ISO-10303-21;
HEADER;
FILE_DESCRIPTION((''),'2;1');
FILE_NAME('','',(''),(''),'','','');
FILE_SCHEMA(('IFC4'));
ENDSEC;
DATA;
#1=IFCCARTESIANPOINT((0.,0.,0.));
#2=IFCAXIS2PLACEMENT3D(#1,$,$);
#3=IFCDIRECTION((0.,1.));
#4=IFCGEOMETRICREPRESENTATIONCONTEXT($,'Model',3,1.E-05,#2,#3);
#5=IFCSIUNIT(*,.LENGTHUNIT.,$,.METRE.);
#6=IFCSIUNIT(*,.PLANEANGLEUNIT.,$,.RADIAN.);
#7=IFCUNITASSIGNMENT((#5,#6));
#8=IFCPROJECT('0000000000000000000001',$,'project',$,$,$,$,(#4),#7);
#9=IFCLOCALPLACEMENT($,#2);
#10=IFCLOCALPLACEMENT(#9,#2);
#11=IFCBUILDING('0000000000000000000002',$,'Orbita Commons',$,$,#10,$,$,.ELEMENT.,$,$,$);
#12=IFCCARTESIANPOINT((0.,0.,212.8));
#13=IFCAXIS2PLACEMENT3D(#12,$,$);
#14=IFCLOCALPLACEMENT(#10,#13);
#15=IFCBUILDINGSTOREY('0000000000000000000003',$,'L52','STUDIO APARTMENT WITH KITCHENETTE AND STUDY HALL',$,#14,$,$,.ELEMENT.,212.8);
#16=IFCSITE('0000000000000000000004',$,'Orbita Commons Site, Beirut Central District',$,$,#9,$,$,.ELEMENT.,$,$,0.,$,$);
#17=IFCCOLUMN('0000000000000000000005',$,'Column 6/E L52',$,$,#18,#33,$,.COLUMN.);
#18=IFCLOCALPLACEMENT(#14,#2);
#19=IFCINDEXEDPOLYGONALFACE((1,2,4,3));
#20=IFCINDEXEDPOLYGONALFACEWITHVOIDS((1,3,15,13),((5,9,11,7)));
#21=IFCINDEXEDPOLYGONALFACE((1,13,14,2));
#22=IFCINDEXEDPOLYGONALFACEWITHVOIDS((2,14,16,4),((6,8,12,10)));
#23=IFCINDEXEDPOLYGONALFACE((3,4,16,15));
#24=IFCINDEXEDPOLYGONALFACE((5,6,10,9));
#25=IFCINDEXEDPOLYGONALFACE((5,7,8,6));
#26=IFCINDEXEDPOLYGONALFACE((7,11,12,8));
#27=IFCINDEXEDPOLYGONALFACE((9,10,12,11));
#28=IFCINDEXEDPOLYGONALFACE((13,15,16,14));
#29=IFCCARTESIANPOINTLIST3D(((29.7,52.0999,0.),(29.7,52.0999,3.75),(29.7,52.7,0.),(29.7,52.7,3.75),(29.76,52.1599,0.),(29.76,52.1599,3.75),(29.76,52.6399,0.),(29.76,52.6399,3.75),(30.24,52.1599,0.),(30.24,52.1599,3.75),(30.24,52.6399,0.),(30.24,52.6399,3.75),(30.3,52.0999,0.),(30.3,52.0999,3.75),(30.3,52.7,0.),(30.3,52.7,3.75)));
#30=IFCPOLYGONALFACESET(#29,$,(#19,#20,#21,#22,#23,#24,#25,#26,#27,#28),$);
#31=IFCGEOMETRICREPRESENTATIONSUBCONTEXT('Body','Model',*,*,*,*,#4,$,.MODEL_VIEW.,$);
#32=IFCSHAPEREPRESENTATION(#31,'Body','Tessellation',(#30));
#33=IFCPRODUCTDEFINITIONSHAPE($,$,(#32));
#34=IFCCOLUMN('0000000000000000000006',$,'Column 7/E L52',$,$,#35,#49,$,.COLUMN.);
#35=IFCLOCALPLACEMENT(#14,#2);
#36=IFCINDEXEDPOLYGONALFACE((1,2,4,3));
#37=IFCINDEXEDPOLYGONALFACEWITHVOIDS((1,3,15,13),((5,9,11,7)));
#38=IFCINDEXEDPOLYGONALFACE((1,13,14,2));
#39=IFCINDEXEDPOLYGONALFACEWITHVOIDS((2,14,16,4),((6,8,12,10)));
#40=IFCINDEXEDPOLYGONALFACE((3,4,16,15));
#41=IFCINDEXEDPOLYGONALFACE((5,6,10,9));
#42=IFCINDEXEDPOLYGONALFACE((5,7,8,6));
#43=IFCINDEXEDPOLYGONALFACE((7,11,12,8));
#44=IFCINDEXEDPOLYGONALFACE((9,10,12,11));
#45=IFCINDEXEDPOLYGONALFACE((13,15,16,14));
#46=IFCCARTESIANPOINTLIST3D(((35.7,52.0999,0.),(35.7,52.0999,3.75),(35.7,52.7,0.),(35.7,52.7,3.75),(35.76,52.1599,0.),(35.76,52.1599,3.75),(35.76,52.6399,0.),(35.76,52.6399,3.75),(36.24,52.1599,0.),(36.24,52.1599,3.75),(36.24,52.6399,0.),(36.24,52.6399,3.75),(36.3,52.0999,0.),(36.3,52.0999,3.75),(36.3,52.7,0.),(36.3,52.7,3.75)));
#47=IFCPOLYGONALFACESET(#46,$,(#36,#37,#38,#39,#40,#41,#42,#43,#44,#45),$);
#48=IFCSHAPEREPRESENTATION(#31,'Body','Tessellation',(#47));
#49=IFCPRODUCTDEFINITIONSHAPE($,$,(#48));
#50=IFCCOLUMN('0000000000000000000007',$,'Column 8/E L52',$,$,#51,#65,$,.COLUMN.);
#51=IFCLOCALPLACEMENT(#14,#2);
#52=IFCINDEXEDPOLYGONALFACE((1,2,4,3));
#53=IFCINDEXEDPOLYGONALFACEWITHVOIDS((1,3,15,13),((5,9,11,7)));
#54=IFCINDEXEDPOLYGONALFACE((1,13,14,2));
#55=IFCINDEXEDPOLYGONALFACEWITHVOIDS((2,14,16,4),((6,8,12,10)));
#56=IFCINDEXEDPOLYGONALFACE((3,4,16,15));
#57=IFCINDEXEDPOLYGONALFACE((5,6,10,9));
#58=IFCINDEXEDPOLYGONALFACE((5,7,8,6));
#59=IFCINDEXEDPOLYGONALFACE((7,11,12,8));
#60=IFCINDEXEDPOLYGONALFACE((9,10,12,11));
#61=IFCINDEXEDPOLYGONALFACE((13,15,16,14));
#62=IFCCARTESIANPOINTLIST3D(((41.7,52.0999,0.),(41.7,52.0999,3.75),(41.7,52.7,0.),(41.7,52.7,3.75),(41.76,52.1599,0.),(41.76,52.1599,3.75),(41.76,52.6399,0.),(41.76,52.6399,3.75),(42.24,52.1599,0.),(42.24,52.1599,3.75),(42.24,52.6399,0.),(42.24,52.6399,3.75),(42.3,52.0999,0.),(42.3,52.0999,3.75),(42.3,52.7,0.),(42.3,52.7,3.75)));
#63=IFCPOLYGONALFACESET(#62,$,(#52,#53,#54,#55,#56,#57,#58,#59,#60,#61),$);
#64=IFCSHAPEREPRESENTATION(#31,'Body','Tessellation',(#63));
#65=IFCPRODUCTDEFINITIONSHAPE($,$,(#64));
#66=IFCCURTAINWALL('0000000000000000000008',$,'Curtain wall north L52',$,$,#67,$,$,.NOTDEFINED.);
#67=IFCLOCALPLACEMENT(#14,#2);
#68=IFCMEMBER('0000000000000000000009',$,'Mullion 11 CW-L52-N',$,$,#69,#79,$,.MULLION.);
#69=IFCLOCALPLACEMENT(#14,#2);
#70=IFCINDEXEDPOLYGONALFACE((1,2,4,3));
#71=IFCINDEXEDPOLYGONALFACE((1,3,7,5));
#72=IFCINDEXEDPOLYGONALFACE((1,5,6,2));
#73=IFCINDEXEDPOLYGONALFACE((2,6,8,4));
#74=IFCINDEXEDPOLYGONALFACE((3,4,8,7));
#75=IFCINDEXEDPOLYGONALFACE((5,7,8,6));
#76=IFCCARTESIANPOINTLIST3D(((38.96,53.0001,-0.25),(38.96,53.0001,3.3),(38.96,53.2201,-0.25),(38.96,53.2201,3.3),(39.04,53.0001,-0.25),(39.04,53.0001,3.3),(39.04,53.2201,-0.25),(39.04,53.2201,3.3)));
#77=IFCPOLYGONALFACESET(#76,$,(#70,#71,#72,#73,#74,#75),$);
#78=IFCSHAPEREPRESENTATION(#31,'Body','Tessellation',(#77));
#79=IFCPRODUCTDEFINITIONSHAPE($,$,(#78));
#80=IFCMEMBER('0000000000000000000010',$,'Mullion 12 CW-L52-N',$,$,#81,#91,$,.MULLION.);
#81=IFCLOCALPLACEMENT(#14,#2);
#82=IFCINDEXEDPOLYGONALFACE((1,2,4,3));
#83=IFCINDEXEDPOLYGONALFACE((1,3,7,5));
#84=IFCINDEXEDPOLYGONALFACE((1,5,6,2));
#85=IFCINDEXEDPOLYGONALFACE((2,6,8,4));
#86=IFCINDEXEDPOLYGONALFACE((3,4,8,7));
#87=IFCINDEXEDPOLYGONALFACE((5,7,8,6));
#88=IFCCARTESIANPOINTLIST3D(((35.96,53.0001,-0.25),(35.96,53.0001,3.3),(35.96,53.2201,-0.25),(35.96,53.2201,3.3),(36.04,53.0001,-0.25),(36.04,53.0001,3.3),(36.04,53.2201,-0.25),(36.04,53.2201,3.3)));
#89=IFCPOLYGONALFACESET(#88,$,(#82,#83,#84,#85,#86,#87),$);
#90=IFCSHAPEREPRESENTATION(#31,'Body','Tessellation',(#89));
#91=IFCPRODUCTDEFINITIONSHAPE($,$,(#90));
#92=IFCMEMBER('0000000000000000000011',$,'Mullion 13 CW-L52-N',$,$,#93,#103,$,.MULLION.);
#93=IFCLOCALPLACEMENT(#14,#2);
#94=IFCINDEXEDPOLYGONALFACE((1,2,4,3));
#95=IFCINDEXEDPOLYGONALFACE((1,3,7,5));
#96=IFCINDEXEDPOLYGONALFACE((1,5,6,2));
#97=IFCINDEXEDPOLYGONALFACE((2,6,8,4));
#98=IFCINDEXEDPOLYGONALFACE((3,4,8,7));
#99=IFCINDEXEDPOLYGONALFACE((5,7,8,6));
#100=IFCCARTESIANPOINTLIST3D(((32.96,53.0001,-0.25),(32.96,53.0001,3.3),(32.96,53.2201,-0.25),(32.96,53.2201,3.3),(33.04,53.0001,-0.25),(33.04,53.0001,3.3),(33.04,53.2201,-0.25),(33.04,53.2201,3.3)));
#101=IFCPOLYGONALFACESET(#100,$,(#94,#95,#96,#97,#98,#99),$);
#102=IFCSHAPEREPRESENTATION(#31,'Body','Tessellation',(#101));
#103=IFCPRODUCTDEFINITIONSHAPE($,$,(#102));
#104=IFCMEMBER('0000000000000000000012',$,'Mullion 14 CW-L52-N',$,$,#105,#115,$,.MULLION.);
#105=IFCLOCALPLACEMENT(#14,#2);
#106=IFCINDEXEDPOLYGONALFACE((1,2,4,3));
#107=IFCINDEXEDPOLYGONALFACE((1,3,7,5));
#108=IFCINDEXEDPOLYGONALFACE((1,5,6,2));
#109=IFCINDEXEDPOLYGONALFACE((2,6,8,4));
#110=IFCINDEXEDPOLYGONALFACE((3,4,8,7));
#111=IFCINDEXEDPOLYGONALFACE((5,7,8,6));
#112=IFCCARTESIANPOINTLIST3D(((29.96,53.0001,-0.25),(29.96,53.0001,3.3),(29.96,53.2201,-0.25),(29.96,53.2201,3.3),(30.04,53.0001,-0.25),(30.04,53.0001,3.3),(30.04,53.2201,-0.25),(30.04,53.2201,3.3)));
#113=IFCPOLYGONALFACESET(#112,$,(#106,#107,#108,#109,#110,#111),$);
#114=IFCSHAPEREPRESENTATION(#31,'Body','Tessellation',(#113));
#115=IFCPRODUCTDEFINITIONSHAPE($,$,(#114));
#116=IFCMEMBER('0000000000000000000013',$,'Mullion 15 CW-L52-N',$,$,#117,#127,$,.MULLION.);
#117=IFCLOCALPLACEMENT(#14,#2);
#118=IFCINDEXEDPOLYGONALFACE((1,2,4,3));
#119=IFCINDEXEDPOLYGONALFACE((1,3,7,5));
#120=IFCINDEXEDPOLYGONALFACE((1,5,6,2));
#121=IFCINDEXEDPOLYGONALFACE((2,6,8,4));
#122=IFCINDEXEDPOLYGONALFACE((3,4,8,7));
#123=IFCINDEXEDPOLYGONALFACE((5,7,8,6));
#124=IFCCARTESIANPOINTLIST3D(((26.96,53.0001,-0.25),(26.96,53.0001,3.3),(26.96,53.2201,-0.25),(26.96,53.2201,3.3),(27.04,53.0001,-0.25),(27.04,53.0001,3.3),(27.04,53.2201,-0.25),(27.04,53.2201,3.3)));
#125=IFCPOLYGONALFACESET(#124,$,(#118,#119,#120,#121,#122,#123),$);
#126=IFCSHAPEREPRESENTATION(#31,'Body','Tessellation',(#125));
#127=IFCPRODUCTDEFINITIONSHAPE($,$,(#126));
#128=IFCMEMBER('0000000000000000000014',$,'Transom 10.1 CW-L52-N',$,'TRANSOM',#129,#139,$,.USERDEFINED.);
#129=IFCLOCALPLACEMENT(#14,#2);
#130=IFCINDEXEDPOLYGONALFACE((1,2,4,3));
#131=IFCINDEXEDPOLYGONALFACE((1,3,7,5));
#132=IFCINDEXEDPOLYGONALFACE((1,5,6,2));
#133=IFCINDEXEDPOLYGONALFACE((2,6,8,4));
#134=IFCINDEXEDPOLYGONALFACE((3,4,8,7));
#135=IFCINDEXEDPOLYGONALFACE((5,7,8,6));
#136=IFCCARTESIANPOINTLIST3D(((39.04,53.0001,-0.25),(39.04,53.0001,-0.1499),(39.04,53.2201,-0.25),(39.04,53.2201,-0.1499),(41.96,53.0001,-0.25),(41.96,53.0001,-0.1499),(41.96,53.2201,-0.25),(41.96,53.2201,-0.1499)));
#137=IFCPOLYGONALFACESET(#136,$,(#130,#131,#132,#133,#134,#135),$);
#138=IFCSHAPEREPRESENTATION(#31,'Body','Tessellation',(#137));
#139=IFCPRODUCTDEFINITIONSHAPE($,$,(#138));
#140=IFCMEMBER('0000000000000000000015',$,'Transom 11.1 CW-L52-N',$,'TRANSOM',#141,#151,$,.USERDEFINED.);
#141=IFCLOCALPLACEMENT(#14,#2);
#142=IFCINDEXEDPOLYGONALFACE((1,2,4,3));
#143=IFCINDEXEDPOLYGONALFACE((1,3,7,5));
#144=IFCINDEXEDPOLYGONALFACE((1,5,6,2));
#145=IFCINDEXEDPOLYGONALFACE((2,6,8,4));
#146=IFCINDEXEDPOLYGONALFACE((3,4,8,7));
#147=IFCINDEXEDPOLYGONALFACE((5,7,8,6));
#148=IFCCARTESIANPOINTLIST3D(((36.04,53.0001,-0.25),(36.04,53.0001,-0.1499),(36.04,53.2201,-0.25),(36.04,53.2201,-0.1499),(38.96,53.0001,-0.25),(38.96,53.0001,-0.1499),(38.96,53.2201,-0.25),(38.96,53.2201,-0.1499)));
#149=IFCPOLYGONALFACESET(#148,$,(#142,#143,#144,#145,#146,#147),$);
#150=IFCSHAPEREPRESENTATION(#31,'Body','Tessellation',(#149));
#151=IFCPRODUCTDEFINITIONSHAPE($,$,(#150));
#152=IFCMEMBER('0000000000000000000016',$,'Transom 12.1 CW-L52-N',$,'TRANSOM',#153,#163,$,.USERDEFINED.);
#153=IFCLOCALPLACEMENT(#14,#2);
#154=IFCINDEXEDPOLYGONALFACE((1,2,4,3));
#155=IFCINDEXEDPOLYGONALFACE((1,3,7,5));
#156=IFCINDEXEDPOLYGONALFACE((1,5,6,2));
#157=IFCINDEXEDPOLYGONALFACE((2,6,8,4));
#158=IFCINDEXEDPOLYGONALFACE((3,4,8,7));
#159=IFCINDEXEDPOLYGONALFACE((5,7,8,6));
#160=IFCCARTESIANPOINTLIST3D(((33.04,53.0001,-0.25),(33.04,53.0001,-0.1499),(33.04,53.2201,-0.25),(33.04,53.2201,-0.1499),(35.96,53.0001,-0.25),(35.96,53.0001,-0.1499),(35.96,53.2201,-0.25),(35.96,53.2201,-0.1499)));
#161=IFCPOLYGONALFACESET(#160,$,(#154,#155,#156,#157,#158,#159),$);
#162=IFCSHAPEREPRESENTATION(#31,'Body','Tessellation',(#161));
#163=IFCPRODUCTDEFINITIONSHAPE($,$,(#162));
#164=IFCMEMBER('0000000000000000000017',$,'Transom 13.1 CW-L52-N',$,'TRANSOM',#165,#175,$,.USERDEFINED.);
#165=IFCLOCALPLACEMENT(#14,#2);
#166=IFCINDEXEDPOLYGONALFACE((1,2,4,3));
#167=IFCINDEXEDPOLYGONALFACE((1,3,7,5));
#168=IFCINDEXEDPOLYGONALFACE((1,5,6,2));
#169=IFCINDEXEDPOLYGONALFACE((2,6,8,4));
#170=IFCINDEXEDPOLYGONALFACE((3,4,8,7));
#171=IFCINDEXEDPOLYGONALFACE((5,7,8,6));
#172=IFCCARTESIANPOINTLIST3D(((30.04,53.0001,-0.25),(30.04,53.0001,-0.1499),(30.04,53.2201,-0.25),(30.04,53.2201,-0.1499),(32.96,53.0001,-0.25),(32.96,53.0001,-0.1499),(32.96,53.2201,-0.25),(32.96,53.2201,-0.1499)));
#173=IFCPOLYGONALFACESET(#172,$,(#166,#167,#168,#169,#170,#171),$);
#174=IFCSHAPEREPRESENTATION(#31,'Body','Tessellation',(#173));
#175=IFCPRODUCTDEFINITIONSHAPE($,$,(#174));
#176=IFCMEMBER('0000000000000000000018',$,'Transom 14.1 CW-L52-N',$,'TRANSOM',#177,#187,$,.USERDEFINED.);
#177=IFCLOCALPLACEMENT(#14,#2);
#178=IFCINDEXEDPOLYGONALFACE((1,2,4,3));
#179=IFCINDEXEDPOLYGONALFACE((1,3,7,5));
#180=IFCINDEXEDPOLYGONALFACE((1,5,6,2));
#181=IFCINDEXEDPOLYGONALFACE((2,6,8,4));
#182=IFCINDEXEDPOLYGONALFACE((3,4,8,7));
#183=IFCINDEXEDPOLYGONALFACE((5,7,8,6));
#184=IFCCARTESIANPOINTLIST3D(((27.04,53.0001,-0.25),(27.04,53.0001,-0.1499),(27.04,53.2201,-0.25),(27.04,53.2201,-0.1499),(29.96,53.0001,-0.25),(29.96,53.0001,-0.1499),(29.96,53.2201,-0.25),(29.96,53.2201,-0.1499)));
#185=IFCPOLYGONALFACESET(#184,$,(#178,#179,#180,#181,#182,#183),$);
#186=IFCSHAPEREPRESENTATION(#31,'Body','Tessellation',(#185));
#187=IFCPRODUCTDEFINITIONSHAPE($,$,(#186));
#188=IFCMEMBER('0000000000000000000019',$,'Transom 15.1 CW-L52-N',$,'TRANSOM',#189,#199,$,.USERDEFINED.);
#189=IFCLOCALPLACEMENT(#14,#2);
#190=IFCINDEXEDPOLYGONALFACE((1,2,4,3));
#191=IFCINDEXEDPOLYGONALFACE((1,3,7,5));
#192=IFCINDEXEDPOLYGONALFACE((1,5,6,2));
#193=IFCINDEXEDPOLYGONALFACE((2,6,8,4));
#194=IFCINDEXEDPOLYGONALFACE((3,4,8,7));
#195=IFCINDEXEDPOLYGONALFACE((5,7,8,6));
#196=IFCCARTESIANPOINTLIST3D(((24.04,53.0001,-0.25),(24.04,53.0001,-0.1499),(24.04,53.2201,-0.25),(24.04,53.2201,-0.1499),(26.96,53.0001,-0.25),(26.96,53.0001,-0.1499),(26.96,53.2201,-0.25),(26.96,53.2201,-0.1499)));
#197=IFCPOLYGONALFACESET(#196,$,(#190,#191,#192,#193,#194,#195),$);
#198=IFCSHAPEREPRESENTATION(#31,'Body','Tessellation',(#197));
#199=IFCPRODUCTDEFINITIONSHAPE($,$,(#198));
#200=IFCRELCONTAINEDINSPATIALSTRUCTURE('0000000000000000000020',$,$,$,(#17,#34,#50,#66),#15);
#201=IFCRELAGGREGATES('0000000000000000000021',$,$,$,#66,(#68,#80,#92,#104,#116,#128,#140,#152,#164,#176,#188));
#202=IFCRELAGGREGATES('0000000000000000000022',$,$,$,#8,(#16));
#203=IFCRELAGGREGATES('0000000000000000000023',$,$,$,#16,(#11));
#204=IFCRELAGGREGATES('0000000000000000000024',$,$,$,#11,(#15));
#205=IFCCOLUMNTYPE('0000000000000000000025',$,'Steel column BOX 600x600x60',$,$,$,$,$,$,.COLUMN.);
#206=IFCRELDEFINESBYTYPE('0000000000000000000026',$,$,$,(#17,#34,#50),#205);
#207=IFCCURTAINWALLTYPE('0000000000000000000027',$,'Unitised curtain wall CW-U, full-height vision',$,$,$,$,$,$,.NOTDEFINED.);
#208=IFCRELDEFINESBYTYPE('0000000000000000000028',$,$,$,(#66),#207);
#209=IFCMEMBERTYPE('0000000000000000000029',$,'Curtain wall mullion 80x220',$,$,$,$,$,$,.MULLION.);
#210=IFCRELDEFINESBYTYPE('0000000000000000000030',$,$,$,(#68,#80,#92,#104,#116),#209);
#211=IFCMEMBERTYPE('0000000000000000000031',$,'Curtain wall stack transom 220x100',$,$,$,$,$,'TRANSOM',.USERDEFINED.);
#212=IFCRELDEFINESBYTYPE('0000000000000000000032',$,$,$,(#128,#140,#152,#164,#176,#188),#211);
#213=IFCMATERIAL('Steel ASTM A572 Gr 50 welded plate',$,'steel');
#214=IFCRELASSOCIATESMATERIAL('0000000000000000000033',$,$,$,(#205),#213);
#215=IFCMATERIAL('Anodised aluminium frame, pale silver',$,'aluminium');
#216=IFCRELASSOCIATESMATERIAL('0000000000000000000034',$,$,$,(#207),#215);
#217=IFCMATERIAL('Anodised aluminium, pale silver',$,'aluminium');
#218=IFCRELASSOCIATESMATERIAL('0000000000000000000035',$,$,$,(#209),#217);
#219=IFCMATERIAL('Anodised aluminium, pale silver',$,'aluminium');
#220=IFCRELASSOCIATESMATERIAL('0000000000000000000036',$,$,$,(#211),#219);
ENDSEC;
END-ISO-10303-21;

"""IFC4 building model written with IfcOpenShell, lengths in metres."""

from ifc_helpers import new_model, si_unit, direction, frame, origin, origin_2d, place, context, subcontext, project, spatial, rectangle, hollow_rectangle, extrude, material, material_profile, profile_set, type_object, element, aggregate, save


model = new_model("IFC4")

# Units and contexts
model_context = context("Model", 3, precision=1e-05, world=origin(), true_north=direction((0.0, 1.0)))
body_context = subcontext(model_context, "Body", "Model", "MODEL_VIEW")
ifc_project = project(units=[si_unit("LENGTHUNIT", "METRE"), si_unit("PLANEANGLEUNIT", "RADIAN")], contexts=[model_context])

# Site, building, storey
site_placement = place(None, origin())
site = spatial("IfcSite", under=ifc_project, at=site_placement, Name="Orbita Commons Site, Beirut Central District", CompositionType="ELEMENT", RefElevation=0.0)
building_placement = place(site_placement, origin())
building = spatial("IfcBuilding", under=site, at=building_placement, Name="Orbita Commons", CompositionType="ELEMENT")
storey_placement = place(building_placement, frame((0.0, 0.0, 212.8)))
storey = spatial("IfcBuildingStorey", under=building, at=storey_placement, Name="L52", Description="STUDIO APARTMENT WITH KITCHENETTE AND STUDY HALL", CompositionType="ELEMENT", Elevation=212.8)

# Columns
ifc_material_1 = material(Name="Steel ASTM A572 Gr 50 welded plate", Category="steel")
ifc_material_profile_1 = material_profile(ifc_material_1, hollow_rectangle(XDim=0.6001, YDim=0.6001, WallThickness=0.0601, at=origin_2d()), Name="BOX 600x600x60")
ifc_profile_set_1 = profile_set([ifc_material_profile_1], Name="Steel ASTM A572 Gr 50 welded plate")
column_type = type_object("IfcColumnType", Name="Steel column BOX 600x600x60", PredefinedType="COLUMN", material=ifc_profile_set_1)
for number, where, z_axis, x_axis, name in (
    (1, (30.0, 52.3999, 0.0), (0.0, 0.0, 1.0), (1.0, 0.0, 0.0), "Column 6/E L52"),
    (2, (36.0, 52.3999, 0.0), (0.0, 0.0, 1.0), (1.0, 0.0, 0.0), "Column 7/E L52"),
    (3, (42.0, 52.3999, 0.0), (0.0, 0.0, 1.0), (1.0, 0.0, 0.0), "Column 8/E L52"),
):
    element("IfcColumn", number, at=place(storey_placement, frame(where, z_axis=z_axis, x_axis=x_axis)), inside=storey, type_object=column_type, Name=name, PredefinedType="COLUMN", context=body_context, shape_type="SweptSolid", body=[
        extrude(hollow_rectangle(XDim=0.6001, YDim=0.6001, WallThickness=0.0601, at=origin_2d()), origin(), (0.0, 0.0, 1.0), 3.75),
    ])

# Curtain wall, members
ifc_material_2 = material(Name="Anodised aluminium frame, pale silver", Category="aluminium")
curtain_wall_type = type_object("IfcCurtainWallType", Name="Unitised curtain wall CW-U, full-height vision", PredefinedType="NOTDEFINED", material=ifc_material_2)
curtain_wall_placement = place(storey_placement, origin())
curtain_wall = element("IfcCurtainWall", 4, at=curtain_wall_placement, inside=storey, type_object=curtain_wall_type, Name="Curtain wall north L52", PredefinedType="NOTDEFINED")
ifc_material_3 = material(Name="Anodised aluminium, pale silver", Category="aluminium")
ifc_material_profile_2 = material_profile(ifc_material_3, rectangle(XDim=0.0801, YDim=0.22, at=origin_2d()), Name="AL 80x220")
ifc_profile_set_2 = profile_set([ifc_material_profile_2], Name="Anodised aluminium, pale silver")
member_type_1 = type_object("IfcMemberType", Name="Curtain wall mullion 80x220", PredefinedType="MULLION", material=ifc_profile_set_2)
member_1_placement = place(storey_placement, frame((39.0, 53.1101, -0.25), z_axis=(0.0, 0.0, 1.0), x_axis=(-1.0, 0.0, 0.0)))
member_1 = element("IfcMember", 5, at=member_1_placement, type_object=member_type_1, Name="Mullion 11 CW-L52-N", PredefinedType="MULLION", context=body_context, shape_type="SweptSolid", body=[
    extrude(rectangle(XDim=0.0801, YDim=0.22, at=origin_2d()), origin(), (0.0, 0.0, 1.0), 3.55),
])
member_2_placement = place(storey_placement, frame((36.0, 53.1101, -0.25), z_axis=(0.0, 0.0, 1.0), x_axis=(-1.0, 0.0, 0.0)))
member_2 = element("IfcMember", 6, at=member_2_placement, type_object=member_type_1, Name="Mullion 12 CW-L52-N", PredefinedType="MULLION", context=body_context, shape_type="SweptSolid", body=[
    extrude(rectangle(XDim=0.0801, YDim=0.22, at=origin_2d()), origin(), (0.0, 0.0, 1.0), 3.55),
])
member_3_placement = place(storey_placement, frame((33.0, 53.1101, -0.25), z_axis=(0.0, 0.0, 1.0), x_axis=(-1.0, 0.0, 0.0)))
member_3 = element("IfcMember", 7, at=member_3_placement, type_object=member_type_1, Name="Mullion 13 CW-L52-N", PredefinedType="MULLION", context=body_context, shape_type="SweptSolid", body=[
    extrude(rectangle(XDim=0.0801, YDim=0.22, at=origin_2d()), origin(), (0.0, 0.0, 1.0), 3.55),
])
member_4_placement = place(storey_placement, frame((30.0, 53.1101, -0.25), z_axis=(0.0, 0.0, 1.0), x_axis=(-1.0, 0.0, 0.0)))
member_4 = element("IfcMember", 8, at=member_4_placement, type_object=member_type_1, Name="Mullion 14 CW-L52-N", PredefinedType="MULLION", context=body_context, shape_type="SweptSolid", body=[
    extrude(rectangle(XDim=0.0801, YDim=0.22, at=origin_2d()), origin(), (0.0, 0.0, 1.0), 3.55),
])
member_5_placement = place(storey_placement, frame((27.0, 53.1101, -0.25), z_axis=(0.0, 0.0, 1.0), x_axis=(-1.0, 0.0, 0.0)))
member_5 = element("IfcMember", 9, at=member_5_placement, type_object=member_type_1, Name="Mullion 15 CW-L52-N", PredefinedType="MULLION", context=body_context, shape_type="SweptSolid", body=[
    extrude(rectangle(XDim=0.0801, YDim=0.22, at=origin_2d()), origin(), (0.0, 0.0, 1.0), 3.55),
])
ifc_material_4 = material(Name="Anodised aluminium, pale silver", Category="aluminium")
ifc_material_profile_3 = material_profile(ifc_material_4, rectangle(XDim=0.22, YDim=0.1001, at=origin_2d()), Name="AL 220x100")
ifc_profile_set_3 = profile_set([ifc_material_profile_3], Name="Anodised aluminium, pale silver")
member_type_2 = type_object("IfcMemberType", Name="Curtain wall stack transom 220x100", ElementType="TRANSOM", PredefinedType="USERDEFINED", material=ifc_profile_set_3)
member_6_placement = place(storey_placement, frame((41.96, 53.1101, -0.2), z_axis=(-1.0, 0.0, 0.0), x_axis=(0.0, -1.0, 0.0)))
member_6 = element("IfcMember", 10, at=member_6_placement, type_object=member_type_2, Name="Transom 10.1 CW-L52-N", ObjectType="TRANSOM", PredefinedType="USERDEFINED", context=body_context, shape_type="SweptSolid", body=[
    extrude(rectangle(XDim=0.22, YDim=0.1001, at=origin_2d()), origin(), (0.0, 0.0, 1.0), 2.9199),
])
member_7_placement = place(storey_placement, frame((38.96, 53.1101, -0.2), z_axis=(-1.0, 0.0, 0.0), x_axis=(0.0, -1.0, 0.0)))
member_7 = element("IfcMember", 11, at=member_7_placement, type_object=member_type_2, Name="Transom 11.1 CW-L52-N", ObjectType="TRANSOM", PredefinedType="USERDEFINED", context=body_context, shape_type="SweptSolid", body=[
    extrude(rectangle(XDim=0.22, YDim=0.1001, at=origin_2d()), origin(), (0.0, 0.0, 1.0), 2.9199),
])
member_8_placement = place(storey_placement, frame((35.96, 53.1101, -0.2), z_axis=(-1.0, 0.0, 0.0), x_axis=(0.0, -1.0, 0.0)))
member_8 = element("IfcMember", 12, at=member_8_placement, type_object=member_type_2, Name="Transom 12.1 CW-L52-N", ObjectType="TRANSOM", PredefinedType="USERDEFINED", context=body_context, shape_type="SweptSolid", body=[
    extrude(rectangle(XDim=0.22, YDim=0.1001, at=origin_2d()), origin(), (0.0, 0.0, 1.0), 2.9199),
])
member_9_placement = place(storey_placement, frame((32.96, 53.1101, -0.2), z_axis=(-1.0, 0.0, 0.0), x_axis=(0.0, -1.0, 0.0)))
member_9 = element("IfcMember", 13, at=member_9_placement, type_object=member_type_2, Name="Transom 13.1 CW-L52-N", ObjectType="TRANSOM", PredefinedType="USERDEFINED", context=body_context, shape_type="SweptSolid", body=[
    extrude(rectangle(XDim=0.22, YDim=0.1001, at=origin_2d()), origin(), (0.0, 0.0, 1.0), 2.9199),
])
member_10_placement = place(storey_placement, frame((29.96, 53.1101, -0.2), z_axis=(-1.0, 0.0, 0.0), x_axis=(0.0, -1.0, 0.0)))
member_10 = element("IfcMember", 14, at=member_10_placement, type_object=member_type_2, Name="Transom 14.1 CW-L52-N", ObjectType="TRANSOM", PredefinedType="USERDEFINED", context=body_context, shape_type="SweptSolid", body=[
    extrude(rectangle(XDim=0.22, YDim=0.1001, at=origin_2d()), origin(), (0.0, 0.0, 1.0), 2.9199),
])
member_11_placement = place(storey_placement, frame((26.96, 53.1101, -0.2), z_axis=(-1.0, 0.0, 0.0), x_axis=(0.0, -1.0, 0.0)))
member_11 = element("IfcMember", 15, at=member_11_placement, type_object=member_type_2, Name="Transom 15.1 CW-L52-N", ObjectType="TRANSOM", PredefinedType="USERDEFINED", context=body_context, shape_type="SweptSolid", body=[
    extrude(rectangle(XDim=0.22, YDim=0.1001, at=origin_2d()), origin(), (0.0, 0.0, 1.0), 2.9199),
])

aggregate(curtain_wall, [member_1, member_2, member_3, member_4, member_5, member_6, member_7, member_8, member_9, member_10, member_11])

save(model, "model.ifc")
